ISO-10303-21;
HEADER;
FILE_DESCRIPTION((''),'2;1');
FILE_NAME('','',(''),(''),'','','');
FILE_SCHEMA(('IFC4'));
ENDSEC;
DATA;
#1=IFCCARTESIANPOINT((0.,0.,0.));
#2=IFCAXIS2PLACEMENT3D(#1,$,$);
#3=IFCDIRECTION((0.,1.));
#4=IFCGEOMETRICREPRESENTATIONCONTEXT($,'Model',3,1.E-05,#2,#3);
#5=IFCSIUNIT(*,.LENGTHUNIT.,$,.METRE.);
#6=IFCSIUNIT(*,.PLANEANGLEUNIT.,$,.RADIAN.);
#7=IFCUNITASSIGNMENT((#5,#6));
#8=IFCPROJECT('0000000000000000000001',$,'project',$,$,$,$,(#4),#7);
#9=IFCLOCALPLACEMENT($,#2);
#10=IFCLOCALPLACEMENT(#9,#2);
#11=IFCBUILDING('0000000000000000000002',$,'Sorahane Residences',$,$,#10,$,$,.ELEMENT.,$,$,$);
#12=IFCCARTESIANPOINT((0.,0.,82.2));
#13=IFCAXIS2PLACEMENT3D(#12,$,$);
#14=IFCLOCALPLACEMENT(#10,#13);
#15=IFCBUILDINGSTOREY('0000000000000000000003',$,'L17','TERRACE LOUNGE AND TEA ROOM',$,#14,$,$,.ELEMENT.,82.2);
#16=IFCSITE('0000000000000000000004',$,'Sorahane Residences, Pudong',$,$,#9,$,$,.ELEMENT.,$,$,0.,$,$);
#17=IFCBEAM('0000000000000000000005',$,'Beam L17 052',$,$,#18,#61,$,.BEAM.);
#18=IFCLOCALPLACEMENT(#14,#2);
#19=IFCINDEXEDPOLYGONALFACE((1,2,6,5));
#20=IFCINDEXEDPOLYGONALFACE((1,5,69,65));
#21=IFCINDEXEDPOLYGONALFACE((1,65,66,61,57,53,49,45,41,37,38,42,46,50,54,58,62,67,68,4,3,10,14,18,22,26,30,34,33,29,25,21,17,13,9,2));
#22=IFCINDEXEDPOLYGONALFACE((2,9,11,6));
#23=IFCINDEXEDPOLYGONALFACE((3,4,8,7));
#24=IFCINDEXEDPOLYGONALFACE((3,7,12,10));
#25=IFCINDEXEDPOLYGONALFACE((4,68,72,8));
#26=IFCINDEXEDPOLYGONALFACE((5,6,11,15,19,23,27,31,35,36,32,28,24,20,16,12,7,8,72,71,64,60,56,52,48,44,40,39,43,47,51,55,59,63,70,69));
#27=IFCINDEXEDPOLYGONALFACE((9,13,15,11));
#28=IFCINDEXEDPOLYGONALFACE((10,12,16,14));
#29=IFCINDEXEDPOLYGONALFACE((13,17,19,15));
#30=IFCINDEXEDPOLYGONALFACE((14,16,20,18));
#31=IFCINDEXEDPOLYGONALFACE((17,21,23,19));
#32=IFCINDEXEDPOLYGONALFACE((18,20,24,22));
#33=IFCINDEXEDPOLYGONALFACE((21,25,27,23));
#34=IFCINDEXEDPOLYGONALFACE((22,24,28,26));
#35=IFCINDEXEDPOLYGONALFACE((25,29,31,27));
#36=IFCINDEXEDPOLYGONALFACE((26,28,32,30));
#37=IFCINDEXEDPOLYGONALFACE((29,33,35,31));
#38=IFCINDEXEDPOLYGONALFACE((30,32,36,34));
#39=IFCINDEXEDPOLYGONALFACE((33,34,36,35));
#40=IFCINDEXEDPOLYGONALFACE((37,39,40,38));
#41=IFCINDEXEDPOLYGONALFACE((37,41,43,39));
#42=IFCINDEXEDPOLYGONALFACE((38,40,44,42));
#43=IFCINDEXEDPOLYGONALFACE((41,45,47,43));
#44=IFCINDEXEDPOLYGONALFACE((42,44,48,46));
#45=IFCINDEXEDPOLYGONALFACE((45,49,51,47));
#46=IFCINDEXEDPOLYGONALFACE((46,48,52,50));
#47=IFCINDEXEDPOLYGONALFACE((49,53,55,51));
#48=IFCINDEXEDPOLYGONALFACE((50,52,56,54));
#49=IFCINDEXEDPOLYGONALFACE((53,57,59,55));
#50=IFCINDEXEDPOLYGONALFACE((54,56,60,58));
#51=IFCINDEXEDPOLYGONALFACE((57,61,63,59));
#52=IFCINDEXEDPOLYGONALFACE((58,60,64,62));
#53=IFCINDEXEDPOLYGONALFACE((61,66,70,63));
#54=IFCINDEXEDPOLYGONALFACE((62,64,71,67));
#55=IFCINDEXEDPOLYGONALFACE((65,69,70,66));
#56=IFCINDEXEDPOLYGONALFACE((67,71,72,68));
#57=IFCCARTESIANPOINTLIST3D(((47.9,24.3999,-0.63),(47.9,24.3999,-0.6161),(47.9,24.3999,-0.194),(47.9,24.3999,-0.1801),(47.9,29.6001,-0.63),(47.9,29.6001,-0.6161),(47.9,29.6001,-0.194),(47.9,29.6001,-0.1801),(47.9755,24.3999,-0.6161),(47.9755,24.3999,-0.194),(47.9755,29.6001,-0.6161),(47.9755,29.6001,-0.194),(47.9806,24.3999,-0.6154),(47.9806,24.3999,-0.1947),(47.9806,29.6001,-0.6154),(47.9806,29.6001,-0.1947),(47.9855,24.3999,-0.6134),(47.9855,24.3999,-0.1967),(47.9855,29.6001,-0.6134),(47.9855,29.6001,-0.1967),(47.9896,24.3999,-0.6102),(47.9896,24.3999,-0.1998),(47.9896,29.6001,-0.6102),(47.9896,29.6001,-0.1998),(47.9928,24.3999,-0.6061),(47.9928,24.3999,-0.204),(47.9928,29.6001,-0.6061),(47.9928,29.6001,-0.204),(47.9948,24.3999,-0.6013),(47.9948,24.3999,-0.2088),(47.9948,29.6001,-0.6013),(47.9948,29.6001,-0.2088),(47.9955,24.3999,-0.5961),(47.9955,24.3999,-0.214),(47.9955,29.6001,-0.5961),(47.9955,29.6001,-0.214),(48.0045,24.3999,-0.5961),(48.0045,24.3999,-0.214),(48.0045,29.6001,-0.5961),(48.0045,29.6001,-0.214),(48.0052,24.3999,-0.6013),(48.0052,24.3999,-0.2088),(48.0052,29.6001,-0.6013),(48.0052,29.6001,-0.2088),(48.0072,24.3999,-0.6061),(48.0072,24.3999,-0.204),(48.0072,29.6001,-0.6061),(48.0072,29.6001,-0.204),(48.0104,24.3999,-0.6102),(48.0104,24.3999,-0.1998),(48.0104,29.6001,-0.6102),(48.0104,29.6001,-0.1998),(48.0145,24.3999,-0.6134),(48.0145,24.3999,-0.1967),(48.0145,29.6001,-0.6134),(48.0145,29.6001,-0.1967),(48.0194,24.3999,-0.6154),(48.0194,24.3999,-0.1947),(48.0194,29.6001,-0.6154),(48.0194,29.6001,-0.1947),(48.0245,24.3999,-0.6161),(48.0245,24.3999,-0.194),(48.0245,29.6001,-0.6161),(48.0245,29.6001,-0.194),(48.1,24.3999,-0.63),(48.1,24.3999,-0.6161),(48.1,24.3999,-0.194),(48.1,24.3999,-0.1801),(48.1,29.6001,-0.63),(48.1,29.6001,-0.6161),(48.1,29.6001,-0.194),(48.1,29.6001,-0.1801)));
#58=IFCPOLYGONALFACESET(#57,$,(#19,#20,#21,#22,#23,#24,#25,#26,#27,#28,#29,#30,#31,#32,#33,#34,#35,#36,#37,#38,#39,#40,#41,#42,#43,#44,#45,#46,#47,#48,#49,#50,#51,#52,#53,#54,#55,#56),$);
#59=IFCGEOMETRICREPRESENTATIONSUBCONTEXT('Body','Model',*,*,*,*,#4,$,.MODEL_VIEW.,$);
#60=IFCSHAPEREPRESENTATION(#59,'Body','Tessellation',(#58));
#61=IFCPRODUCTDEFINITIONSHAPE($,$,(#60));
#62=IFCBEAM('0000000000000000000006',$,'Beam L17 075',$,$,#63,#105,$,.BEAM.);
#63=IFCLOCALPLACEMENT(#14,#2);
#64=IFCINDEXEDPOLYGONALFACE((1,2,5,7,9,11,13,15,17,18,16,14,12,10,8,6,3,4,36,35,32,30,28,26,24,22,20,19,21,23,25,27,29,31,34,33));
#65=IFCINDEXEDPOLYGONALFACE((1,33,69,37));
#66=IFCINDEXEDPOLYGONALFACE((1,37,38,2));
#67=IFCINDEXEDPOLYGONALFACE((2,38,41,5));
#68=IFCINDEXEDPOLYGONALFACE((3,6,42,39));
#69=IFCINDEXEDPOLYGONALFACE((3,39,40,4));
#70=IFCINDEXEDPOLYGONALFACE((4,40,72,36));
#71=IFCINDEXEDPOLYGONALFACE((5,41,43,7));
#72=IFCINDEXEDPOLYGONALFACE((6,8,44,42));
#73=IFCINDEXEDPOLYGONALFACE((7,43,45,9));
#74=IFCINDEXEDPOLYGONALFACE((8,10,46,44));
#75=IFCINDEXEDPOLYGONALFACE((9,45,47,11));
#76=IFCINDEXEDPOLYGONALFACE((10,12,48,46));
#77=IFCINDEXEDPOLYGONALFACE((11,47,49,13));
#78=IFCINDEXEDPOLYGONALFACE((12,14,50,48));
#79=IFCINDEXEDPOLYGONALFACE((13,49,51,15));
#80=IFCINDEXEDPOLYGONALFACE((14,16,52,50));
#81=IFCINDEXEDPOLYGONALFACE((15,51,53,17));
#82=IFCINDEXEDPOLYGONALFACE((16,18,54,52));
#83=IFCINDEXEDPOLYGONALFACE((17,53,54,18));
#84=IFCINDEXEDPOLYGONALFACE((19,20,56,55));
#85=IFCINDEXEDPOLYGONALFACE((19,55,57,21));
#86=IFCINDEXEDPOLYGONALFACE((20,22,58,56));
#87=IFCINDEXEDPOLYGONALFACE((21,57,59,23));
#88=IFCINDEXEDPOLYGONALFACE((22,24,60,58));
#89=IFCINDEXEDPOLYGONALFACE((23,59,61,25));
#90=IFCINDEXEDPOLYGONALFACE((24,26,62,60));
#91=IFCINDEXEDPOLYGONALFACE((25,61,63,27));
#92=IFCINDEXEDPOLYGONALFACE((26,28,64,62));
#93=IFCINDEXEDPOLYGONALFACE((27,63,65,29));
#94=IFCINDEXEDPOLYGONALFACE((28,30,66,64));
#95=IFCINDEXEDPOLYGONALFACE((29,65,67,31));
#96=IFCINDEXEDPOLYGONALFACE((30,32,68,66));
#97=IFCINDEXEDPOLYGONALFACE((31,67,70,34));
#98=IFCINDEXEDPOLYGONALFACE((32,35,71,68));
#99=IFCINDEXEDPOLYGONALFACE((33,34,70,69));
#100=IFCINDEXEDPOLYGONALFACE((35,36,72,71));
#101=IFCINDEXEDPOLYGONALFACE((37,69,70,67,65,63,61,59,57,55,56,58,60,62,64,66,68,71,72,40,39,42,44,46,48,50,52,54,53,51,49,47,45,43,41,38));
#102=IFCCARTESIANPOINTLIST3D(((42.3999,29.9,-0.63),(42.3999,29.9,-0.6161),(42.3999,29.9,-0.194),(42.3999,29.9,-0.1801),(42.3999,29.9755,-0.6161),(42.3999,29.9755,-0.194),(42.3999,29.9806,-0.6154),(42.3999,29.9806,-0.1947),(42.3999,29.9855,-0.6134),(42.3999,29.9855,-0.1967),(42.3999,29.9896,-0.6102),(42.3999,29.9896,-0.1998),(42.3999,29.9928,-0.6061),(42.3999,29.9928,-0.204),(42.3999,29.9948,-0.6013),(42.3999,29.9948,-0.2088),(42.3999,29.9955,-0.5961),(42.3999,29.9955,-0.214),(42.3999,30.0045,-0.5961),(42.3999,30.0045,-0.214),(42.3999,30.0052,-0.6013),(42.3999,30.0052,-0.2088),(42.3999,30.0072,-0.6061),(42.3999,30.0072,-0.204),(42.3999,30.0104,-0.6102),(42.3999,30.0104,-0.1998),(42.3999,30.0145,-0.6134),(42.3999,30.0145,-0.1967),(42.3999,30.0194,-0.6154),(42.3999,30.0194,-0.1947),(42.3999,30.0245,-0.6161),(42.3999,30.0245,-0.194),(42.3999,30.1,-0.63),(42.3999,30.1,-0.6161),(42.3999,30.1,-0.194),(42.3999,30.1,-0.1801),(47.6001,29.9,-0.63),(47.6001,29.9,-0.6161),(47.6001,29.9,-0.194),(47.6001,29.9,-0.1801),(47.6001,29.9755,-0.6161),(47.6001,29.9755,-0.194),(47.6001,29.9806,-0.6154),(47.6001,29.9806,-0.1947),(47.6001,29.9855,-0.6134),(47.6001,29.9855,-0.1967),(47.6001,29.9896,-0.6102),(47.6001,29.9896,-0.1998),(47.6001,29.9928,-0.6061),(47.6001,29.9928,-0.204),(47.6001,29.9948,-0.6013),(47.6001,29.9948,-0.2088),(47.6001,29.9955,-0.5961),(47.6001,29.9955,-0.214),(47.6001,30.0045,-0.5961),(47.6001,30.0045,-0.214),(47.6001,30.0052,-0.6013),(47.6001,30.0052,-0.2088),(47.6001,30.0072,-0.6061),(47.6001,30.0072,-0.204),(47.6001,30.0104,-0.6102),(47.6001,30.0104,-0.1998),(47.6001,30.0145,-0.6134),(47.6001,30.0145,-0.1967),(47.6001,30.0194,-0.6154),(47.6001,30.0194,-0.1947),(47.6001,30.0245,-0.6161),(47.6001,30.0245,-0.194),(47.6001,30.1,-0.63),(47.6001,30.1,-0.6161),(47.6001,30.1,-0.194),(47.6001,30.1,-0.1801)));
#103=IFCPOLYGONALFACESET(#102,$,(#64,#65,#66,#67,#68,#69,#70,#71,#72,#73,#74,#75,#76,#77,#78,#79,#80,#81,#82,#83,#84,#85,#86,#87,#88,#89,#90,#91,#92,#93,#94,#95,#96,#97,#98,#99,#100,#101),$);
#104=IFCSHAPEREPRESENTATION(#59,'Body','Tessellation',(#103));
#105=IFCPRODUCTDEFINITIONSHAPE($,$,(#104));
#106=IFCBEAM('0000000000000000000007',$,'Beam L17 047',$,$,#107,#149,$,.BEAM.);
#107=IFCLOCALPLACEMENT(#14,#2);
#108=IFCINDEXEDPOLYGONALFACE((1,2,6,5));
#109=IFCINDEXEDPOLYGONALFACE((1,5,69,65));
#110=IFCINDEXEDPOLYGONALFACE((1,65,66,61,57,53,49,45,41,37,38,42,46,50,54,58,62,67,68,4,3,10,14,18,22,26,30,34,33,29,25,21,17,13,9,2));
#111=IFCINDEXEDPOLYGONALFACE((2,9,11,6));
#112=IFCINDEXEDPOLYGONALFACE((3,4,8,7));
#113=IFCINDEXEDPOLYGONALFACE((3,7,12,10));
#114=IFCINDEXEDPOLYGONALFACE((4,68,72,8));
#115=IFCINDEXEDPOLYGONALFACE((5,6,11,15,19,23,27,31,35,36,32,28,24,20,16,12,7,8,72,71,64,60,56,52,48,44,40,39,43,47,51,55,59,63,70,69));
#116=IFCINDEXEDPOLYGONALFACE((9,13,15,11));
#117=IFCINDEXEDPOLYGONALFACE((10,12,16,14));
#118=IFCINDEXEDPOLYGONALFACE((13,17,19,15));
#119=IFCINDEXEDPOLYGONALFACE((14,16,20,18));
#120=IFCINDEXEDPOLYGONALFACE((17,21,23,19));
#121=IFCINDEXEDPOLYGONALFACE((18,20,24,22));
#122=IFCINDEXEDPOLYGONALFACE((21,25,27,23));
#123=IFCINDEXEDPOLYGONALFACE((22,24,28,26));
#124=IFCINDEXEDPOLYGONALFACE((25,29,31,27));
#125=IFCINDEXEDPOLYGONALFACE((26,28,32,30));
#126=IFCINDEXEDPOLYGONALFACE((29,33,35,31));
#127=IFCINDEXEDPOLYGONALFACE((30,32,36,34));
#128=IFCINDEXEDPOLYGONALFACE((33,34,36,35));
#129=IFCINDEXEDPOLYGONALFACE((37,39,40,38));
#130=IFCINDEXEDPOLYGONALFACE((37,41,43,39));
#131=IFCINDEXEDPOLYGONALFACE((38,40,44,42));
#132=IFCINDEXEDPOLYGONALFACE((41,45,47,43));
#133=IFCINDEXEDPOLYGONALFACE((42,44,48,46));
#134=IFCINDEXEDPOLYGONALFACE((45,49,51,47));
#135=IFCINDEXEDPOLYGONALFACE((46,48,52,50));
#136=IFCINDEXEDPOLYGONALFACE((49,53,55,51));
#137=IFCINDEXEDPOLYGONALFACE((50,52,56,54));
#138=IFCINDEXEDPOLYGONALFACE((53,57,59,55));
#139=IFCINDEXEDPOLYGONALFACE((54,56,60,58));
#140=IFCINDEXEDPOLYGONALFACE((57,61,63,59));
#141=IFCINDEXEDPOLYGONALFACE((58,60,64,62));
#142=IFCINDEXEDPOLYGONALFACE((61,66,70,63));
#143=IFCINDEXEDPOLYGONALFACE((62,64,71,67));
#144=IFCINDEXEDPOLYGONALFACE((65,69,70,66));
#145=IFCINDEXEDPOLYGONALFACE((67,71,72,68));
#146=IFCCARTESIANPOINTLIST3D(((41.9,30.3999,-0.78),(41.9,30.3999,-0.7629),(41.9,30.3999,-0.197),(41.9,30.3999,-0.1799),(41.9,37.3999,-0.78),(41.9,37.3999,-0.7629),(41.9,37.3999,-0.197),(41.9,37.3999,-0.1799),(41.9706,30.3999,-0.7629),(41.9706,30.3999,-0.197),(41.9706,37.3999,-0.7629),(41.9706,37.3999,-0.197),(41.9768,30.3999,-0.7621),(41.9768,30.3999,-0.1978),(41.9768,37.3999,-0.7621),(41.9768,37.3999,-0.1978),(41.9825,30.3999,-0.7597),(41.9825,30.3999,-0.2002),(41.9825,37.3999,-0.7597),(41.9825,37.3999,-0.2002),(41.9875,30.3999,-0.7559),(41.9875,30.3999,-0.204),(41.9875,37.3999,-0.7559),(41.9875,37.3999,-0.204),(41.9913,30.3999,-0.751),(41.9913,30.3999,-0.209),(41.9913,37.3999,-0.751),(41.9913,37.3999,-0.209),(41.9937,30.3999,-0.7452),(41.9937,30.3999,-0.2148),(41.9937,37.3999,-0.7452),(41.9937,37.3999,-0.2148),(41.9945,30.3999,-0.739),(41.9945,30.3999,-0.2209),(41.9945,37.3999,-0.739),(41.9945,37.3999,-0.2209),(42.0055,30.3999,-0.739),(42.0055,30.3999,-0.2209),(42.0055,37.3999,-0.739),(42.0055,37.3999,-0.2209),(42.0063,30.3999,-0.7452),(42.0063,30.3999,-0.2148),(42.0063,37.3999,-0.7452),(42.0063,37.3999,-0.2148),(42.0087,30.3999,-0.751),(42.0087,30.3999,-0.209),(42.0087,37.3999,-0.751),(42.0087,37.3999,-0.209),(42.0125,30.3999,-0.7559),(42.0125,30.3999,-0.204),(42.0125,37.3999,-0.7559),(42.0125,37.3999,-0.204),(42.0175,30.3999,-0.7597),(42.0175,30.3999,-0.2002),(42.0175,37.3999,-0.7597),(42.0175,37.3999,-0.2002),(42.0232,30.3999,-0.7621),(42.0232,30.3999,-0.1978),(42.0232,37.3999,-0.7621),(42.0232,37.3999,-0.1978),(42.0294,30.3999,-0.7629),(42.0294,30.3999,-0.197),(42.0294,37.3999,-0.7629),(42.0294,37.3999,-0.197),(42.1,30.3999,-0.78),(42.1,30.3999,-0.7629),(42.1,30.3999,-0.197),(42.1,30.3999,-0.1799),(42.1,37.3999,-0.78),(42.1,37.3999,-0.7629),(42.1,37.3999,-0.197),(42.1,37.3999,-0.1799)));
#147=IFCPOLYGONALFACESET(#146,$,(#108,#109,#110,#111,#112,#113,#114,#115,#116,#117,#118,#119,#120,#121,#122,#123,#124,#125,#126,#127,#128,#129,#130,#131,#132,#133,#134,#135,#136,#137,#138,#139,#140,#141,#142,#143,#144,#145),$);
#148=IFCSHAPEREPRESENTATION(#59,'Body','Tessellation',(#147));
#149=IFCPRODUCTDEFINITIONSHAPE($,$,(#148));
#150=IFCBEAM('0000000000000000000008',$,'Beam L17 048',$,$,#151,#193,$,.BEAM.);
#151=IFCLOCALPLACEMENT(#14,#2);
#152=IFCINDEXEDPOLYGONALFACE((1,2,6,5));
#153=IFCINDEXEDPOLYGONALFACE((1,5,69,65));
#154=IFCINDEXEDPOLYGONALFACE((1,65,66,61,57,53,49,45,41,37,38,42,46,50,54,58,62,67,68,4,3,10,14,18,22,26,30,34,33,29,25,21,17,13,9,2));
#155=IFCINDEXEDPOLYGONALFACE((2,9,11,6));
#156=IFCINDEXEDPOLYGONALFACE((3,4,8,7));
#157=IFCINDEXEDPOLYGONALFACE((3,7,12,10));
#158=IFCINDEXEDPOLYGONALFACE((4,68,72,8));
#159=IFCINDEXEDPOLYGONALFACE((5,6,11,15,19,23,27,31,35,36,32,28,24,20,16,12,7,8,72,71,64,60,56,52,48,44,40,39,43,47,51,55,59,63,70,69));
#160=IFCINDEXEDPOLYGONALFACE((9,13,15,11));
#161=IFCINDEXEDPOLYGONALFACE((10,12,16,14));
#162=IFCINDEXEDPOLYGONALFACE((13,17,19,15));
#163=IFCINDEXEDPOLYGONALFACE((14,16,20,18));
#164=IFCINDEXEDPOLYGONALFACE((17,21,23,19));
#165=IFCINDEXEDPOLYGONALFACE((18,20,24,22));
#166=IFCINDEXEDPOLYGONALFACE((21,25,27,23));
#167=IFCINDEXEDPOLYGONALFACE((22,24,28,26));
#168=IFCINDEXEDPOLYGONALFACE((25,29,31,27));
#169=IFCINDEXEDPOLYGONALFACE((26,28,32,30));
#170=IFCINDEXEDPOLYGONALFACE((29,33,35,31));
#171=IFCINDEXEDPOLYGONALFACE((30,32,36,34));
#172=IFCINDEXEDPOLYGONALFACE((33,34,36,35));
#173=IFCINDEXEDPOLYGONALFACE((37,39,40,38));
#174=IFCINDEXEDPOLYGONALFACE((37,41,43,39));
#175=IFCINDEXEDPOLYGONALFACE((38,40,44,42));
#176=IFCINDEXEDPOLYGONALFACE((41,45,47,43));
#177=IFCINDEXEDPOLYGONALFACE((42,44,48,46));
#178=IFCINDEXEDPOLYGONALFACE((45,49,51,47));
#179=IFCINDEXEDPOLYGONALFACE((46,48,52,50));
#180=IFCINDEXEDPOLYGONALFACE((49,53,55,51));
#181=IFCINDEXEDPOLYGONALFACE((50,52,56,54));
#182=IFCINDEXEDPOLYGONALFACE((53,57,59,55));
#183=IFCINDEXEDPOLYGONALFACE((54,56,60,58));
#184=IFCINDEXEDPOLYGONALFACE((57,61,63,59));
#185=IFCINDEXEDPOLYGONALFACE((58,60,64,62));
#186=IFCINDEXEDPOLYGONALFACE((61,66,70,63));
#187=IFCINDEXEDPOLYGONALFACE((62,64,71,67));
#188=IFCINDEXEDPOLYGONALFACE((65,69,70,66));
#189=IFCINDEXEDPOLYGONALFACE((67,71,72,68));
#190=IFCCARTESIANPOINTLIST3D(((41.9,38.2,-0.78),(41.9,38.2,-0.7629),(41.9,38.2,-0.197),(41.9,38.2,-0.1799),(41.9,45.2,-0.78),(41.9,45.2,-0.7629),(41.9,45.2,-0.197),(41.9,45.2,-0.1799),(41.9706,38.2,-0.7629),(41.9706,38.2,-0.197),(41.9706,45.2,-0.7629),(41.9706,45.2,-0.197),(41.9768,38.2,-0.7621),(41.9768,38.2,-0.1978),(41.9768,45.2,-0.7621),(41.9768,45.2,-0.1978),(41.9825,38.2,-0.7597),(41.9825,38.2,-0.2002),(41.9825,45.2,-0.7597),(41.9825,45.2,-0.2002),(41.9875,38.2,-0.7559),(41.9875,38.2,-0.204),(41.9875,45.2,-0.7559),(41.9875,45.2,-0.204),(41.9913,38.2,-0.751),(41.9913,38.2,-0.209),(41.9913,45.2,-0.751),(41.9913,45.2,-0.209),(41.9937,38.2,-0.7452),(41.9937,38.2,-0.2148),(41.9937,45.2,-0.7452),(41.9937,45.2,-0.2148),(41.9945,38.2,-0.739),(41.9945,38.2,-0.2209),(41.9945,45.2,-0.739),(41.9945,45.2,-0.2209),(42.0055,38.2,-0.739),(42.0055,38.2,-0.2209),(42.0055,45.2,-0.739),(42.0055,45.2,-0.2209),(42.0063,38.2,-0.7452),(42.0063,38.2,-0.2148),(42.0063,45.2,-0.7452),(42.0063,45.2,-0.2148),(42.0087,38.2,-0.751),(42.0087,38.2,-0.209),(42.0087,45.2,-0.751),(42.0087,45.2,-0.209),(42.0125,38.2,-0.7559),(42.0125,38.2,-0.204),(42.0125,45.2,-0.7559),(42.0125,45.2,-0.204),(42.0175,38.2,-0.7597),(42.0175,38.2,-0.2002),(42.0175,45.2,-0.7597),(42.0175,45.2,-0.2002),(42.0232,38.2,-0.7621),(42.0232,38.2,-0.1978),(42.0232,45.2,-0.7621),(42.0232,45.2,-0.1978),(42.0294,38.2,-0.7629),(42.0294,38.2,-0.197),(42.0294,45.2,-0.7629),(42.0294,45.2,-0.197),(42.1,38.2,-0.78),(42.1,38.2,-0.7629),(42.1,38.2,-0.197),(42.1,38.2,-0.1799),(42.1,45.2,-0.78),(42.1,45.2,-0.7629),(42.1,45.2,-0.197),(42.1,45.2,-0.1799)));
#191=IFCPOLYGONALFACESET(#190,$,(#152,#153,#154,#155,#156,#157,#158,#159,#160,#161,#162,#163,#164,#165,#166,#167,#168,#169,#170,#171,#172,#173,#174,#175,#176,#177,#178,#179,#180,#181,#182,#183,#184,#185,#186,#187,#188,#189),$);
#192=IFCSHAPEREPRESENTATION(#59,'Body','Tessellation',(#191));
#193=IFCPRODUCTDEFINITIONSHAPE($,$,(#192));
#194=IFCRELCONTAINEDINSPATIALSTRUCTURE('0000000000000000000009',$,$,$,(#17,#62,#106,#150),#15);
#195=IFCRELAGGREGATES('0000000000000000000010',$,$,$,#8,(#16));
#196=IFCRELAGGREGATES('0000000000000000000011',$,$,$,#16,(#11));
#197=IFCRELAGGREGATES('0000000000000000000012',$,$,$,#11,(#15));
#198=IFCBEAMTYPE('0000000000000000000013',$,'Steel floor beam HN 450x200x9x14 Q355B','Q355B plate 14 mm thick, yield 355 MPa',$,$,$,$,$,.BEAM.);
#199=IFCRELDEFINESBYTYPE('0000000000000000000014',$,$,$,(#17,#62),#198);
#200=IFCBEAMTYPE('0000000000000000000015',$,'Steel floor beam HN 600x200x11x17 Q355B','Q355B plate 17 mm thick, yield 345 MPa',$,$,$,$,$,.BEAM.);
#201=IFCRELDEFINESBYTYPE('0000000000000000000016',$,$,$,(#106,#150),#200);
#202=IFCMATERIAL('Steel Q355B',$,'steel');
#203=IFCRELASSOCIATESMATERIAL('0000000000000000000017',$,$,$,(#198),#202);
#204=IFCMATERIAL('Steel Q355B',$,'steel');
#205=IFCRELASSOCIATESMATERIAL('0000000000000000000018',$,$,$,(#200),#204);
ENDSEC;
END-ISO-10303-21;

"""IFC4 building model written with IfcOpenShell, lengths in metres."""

from ifc_helpers import new_model, si_unit, direction, frame, origin, origin_2d, place, context, subcontext, project, spatial, i_section, extrude, material, material_profile, profile_set, type_object, element, save


model = new_model("IFC4")

# Units and contexts
model_context = context("Model", 3, precision=1e-05, world=origin(), true_north=direction((0.0, 1.0)))
body_context = subcontext(model_context, "Body", "Model", "MODEL_VIEW")
ifc_project = project(units=[si_unit("LENGTHUNIT", "METRE"), si_unit("PLANEANGLEUNIT", "RADIAN")], contexts=[model_context])

# Site, building, storey
site_placement = place(None, origin())
site = spatial("IfcSite", under=ifc_project, at=site_placement, Name="Sorahane Residences, Pudong", CompositionType="ELEMENT", RefElevation=0.0)
building_placement = place(site_placement, origin())
building = spatial("IfcBuilding", under=site, at=building_placement, Name="Sorahane Residences", CompositionType="ELEMENT")
storey_placement = place(building_placement, frame((0.0, 0.0, 82.2)))
storey = spatial("IfcBuildingStorey", under=building, at=storey_placement, Name="L17", Description="TERRACE LOUNGE AND TEA ROOM", CompositionType="ELEMENT", Elevation=82.2)

# Beams
ifc_material_1 = material(Name="Steel Q355B", Category="steel")
ifc_material_profile_1 = material_profile(ifc_material_1, i_section(OverallWidth=0.2, OverallDepth=0.45, WebThickness=0.009, FlangeThickness=0.0139, FilletRadius=0.02, at=origin_2d()), Name="HN 450x200x9x14")
ifc_profile_set_1 = profile_set([ifc_material_profile_1], Name="Steel Q355B")
beam_type_1 = type_object("IfcBeamType", Name="Steel floor beam HN 450x200x9x14 Q355B", Description="Q355B plate 14 mm thick, yield 355 MPa", PredefinedType="BEAM", material=ifc_profile_set_1)
for number, where, z_axis, x_axis, name in (
    (1, (48.0, 24.3999, -0.405), (0.0, 1.0, 0.0), (-1.0, 0.0, 0.0), "Beam L17 052"),
    (2, (42.3999, 30.0, -0.405), (1.0, 0.0, 0.0), (0.0, 1.0, 0.0), "Beam L17 075"),
):
    element("IfcBeam", number, at=place(storey_placement, frame(where, z_axis=z_axis, x_axis=x_axis)), inside=storey, type_object=beam_type_1, Name=name, PredefinedType="BEAM", context=body_context, shape_type="SweptSolid", body=[
        extrude(i_section(OverallWidth=0.2, OverallDepth=0.45, WebThickness=0.009, FlangeThickness=0.0139, FilletRadius=0.02, at=origin_2d()), origin(), (0.0, 0.0, 1.0), 5.2002),
    ])
ifc_material_2 = material(Name="Steel Q355B", Category="steel")
ifc_material_profile_2 = material_profile(ifc_material_2, i_section(OverallWidth=0.2, OverallDepth=0.6001, WebThickness=0.011, FlangeThickness=0.0171, FilletRadius=0.0239, at=origin_2d()), Name="HN 600x200x11x17")
ifc_profile_set_2 = profile_set([ifc_material_profile_2], Name="Steel Q355B")
beam_type_2 = type_object("IfcBeamType", Name="Steel floor beam HN 600x200x11x17 Q355B", Description="Q355B plate 17 mm thick, yield 345 MPa", PredefinedType="BEAM", material=ifc_profile_set_2)
for number, where, z_axis, x_axis, name in (
    (3, (42.0, 30.3999, -0.48), (0.0, 1.0, 0.0), (-1.0, 0.0, 0.0), "Beam L17 047"),
    (4, (42.0, 38.2, -0.48), (0.0, 1.0, 0.0), (-1.0, 0.0, 0.0), "Beam L17 048"),
):
    element("IfcBeam", number, at=place(storey_placement, frame(where, z_axis=z_axis, x_axis=x_axis)), inside=storey, type_object=beam_type_2, Name=name, PredefinedType="BEAM", context=body_context, shape_type="SweptSolid", body=[
        extrude(i_section(OverallWidth=0.2, OverallDepth=0.6001, WebThickness=0.011, FlangeThickness=0.0171, FilletRadius=0.0239, at=origin_2d()), origin(), (0.0, 0.0, 1.0), 7.0),
    ])

save(model, "model.ifc")
